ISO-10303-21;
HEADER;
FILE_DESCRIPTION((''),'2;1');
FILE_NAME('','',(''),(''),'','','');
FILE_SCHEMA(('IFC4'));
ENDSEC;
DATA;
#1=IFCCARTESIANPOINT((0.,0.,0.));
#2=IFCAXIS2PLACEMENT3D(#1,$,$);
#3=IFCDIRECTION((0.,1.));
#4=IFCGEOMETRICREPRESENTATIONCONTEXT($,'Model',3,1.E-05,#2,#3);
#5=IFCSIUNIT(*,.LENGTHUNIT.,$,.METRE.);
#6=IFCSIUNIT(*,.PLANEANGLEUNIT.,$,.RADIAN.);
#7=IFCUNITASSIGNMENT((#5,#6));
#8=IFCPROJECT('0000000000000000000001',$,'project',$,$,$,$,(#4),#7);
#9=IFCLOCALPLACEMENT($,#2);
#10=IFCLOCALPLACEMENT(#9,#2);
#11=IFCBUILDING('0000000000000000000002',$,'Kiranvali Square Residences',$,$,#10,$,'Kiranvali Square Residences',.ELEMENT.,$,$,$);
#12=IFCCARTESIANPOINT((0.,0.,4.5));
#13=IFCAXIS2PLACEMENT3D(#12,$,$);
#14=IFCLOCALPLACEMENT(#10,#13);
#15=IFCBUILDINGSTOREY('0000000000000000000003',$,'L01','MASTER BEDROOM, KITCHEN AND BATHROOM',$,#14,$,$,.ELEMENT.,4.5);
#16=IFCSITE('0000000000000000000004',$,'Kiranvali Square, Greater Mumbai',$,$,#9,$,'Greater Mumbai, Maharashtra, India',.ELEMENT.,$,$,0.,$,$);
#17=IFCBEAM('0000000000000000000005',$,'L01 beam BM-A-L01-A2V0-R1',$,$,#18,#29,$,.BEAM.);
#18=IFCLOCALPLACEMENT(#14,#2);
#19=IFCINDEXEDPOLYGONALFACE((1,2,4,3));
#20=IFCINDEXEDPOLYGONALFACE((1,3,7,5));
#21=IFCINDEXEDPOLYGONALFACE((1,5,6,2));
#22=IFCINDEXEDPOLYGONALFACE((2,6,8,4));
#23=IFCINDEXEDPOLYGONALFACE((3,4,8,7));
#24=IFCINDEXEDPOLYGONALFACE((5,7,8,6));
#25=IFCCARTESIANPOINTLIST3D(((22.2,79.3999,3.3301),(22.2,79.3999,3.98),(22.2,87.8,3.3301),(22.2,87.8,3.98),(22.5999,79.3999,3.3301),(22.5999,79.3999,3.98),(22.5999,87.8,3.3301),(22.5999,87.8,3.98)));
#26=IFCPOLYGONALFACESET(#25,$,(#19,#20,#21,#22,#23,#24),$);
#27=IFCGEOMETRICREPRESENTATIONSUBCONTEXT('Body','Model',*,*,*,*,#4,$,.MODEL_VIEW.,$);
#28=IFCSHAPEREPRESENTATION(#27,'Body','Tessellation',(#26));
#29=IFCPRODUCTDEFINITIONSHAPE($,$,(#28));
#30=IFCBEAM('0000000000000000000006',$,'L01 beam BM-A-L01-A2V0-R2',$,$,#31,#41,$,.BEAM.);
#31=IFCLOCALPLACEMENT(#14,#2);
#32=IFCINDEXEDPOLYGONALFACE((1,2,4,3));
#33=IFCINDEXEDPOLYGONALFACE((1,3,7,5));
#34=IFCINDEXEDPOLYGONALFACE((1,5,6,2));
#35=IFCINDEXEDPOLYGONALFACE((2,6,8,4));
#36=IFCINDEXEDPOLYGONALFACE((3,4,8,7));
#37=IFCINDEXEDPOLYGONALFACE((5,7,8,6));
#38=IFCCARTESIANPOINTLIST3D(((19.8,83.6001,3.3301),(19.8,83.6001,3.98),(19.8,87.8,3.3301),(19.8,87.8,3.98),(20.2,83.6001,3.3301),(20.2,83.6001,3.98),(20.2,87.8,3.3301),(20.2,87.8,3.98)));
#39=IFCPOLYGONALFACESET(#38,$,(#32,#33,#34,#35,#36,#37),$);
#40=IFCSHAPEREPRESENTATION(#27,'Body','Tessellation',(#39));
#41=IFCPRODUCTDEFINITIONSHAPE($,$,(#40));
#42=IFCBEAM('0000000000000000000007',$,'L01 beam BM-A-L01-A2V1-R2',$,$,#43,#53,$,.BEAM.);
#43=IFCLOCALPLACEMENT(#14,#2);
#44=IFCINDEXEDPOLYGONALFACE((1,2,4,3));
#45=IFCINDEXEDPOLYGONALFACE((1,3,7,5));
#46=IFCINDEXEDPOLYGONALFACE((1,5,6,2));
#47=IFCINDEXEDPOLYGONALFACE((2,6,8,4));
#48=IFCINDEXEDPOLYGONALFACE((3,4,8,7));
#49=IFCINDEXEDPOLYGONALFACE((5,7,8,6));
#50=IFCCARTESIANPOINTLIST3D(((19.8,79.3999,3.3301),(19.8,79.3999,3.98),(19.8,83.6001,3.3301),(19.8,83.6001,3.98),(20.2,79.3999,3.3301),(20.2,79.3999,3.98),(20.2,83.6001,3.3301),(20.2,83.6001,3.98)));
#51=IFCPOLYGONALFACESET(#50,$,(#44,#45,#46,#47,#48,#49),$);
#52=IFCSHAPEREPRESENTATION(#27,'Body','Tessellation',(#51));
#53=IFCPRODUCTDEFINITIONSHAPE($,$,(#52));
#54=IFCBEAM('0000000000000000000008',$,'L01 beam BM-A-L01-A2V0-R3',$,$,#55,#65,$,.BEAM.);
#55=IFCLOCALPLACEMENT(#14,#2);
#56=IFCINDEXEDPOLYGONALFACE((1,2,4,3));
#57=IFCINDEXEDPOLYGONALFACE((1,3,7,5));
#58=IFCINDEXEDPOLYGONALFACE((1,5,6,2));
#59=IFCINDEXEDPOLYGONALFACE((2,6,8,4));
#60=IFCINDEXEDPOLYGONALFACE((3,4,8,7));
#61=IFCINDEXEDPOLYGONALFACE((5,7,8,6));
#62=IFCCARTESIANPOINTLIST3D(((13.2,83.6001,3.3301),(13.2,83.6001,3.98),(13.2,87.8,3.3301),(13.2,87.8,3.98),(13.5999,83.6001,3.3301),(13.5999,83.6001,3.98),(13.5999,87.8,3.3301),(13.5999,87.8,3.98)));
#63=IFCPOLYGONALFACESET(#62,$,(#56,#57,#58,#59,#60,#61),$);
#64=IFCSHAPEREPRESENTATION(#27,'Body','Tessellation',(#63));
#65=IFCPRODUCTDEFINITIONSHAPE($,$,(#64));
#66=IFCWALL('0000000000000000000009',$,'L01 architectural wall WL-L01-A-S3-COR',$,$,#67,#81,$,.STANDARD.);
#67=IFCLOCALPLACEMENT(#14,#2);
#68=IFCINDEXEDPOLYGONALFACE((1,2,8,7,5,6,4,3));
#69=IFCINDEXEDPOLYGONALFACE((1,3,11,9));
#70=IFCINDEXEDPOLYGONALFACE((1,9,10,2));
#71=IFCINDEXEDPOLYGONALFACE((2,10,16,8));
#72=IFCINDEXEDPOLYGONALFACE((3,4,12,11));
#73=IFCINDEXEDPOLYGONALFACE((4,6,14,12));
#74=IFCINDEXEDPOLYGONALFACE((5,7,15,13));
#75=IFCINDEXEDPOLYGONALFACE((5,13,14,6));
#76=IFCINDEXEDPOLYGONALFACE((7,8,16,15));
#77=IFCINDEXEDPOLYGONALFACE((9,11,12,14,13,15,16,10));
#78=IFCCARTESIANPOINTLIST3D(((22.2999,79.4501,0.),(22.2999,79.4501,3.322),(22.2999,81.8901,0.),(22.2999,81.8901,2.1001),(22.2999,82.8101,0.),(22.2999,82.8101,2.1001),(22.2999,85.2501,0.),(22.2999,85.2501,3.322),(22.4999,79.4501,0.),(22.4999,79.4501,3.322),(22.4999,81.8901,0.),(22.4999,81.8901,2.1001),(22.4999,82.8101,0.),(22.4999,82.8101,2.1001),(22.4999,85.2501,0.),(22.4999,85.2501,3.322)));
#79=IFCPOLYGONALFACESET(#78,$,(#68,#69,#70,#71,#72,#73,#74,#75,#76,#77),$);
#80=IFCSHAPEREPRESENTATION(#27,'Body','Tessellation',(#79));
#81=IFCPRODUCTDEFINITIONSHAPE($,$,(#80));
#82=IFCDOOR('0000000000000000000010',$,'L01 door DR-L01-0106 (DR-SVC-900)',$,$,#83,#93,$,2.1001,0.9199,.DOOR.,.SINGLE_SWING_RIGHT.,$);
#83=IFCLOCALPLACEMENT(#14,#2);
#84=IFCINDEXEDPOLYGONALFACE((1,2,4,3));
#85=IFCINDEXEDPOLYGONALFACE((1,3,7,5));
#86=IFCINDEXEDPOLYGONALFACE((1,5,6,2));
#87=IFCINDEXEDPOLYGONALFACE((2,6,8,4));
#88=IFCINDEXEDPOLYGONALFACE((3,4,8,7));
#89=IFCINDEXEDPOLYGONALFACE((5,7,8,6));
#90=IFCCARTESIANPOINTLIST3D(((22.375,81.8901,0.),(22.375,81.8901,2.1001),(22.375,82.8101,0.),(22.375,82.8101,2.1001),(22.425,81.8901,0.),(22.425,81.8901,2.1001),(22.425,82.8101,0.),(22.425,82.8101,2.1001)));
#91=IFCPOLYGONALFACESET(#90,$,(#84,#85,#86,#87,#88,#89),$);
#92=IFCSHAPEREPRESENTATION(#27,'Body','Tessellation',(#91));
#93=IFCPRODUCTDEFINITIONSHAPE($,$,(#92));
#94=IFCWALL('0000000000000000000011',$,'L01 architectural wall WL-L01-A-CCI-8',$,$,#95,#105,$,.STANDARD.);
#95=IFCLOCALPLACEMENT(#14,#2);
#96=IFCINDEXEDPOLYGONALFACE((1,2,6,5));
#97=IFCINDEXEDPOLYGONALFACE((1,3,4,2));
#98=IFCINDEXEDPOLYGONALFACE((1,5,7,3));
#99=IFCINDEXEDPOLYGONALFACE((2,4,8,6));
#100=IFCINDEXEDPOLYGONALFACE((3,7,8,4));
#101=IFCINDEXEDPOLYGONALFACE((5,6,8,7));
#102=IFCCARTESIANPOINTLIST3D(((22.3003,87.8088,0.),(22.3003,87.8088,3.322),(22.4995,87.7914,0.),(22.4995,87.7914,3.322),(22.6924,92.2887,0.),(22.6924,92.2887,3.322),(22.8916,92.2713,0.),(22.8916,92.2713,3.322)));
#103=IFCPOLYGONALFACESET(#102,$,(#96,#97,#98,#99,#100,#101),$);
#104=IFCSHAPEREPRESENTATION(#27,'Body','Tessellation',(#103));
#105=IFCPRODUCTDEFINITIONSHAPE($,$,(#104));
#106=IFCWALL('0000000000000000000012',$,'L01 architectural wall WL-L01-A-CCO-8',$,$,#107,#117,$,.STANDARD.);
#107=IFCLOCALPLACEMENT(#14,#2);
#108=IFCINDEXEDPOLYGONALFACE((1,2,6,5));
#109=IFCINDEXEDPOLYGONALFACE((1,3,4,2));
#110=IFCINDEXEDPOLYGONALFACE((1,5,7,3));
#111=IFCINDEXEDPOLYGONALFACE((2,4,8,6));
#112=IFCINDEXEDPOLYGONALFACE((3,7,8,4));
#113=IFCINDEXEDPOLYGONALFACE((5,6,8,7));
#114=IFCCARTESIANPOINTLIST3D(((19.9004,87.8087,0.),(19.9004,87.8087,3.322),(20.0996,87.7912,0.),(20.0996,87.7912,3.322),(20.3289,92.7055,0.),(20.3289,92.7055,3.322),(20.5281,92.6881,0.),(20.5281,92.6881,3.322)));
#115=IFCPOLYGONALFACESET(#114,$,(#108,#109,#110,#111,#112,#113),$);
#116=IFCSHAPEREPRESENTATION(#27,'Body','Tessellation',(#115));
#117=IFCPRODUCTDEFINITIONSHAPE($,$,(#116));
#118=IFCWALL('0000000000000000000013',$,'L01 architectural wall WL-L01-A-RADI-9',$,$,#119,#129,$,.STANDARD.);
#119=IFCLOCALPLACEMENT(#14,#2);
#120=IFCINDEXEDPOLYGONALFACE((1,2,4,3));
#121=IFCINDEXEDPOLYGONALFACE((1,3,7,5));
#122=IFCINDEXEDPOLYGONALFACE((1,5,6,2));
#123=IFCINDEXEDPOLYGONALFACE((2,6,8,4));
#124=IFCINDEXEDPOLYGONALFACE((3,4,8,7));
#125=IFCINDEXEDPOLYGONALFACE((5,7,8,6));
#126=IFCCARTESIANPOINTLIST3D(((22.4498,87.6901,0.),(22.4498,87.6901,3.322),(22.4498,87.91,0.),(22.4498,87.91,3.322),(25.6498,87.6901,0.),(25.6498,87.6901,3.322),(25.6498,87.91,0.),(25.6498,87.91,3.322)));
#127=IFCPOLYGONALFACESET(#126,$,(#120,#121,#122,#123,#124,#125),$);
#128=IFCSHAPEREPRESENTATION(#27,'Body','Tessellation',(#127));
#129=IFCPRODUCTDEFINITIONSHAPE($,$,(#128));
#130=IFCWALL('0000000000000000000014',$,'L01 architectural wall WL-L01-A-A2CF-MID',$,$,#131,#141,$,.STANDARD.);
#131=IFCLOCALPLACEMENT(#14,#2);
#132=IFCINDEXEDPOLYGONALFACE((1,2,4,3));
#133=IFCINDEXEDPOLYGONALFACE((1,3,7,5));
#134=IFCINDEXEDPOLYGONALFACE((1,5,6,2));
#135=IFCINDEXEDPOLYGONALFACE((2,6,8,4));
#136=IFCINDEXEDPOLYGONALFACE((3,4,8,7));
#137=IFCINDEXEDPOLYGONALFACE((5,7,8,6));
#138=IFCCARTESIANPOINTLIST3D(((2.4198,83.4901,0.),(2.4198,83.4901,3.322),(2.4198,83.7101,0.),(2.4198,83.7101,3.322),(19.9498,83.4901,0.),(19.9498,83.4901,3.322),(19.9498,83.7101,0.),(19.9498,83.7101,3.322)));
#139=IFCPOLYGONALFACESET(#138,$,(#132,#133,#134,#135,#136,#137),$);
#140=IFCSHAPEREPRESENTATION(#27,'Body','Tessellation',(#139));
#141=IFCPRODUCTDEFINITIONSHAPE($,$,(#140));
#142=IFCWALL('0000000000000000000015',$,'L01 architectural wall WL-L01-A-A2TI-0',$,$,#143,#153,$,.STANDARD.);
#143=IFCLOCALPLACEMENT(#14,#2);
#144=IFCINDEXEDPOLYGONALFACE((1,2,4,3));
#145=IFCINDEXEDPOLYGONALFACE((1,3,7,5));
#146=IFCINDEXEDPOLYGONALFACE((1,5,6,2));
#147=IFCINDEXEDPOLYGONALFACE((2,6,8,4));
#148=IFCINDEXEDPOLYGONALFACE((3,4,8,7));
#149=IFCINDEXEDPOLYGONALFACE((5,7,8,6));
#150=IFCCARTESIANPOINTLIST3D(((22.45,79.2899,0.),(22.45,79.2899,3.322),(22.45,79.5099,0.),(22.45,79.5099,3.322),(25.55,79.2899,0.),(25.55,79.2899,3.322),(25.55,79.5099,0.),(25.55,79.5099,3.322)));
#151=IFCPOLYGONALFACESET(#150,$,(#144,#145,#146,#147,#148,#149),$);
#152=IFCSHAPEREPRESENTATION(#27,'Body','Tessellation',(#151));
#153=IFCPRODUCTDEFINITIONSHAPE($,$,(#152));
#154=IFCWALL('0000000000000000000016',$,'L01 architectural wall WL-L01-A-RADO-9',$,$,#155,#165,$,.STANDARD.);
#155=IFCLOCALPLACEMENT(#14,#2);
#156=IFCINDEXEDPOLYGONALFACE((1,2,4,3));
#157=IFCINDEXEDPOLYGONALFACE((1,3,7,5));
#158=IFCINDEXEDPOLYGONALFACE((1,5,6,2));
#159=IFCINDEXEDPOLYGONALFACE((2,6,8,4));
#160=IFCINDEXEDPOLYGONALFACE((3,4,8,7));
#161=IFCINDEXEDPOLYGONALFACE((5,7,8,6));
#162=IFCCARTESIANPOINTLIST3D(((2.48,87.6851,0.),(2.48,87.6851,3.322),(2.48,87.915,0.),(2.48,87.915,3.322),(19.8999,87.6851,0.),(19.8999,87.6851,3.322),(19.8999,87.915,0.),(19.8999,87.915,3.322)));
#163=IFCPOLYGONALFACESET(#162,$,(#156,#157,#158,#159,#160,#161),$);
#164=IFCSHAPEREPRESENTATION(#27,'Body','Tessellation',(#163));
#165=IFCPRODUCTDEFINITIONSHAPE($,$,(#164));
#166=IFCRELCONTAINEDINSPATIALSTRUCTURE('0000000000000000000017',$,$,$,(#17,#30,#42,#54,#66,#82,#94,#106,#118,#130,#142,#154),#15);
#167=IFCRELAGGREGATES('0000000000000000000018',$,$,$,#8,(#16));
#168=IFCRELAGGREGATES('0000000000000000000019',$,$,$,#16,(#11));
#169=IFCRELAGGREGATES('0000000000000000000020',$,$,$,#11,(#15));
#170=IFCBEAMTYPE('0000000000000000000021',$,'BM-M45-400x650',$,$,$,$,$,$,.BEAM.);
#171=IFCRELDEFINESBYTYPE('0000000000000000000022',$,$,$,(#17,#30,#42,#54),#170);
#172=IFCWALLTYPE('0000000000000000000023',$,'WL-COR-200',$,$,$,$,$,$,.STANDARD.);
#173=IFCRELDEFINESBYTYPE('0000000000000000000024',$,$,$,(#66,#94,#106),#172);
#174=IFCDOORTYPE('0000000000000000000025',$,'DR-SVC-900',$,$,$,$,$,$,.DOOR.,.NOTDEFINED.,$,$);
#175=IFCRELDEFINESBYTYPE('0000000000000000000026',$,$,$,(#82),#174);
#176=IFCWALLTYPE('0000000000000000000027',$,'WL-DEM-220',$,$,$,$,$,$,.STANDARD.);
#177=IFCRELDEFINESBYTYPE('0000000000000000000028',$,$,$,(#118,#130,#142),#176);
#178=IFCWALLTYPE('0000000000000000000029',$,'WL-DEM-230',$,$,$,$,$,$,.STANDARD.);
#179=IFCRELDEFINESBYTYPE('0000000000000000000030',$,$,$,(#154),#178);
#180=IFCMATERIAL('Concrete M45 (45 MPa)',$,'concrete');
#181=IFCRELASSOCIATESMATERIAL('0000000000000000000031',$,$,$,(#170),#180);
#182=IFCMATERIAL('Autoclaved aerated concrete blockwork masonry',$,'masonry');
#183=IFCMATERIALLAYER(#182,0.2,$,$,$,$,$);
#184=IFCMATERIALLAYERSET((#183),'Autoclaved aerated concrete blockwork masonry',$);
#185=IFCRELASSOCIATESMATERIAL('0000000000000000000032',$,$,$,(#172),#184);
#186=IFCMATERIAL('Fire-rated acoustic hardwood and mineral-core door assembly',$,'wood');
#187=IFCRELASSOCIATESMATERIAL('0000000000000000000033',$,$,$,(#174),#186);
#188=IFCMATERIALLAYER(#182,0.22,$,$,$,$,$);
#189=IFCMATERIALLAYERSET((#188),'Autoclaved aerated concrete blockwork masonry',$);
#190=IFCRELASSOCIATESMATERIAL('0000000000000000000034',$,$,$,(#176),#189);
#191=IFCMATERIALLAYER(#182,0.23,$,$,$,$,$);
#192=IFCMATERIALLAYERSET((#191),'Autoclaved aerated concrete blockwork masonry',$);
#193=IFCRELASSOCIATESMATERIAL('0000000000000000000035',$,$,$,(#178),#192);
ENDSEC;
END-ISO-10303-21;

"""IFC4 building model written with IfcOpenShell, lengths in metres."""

from ifc_helpers import new_model, si_unit, direction, frame, frame_2d, origin, origin_2d, place, context, subcontext, project, spatial, rectangle, extrude, material, layer, layer_set, material_profile, profile_set, type_object, element, fill, save


model = new_model("IFC4")

# Units and contexts
model_context = context("Model", 3, precision=1e-05, world=origin(), true_north=direction((0.0, 1.0)))
body_context = subcontext(model_context, "Body", "Model", "MODEL_VIEW")
ifc_project = project(units=[si_unit("LENGTHUNIT", "METRE"), si_unit("PLANEANGLEUNIT", "RADIAN")], contexts=[model_context])

# Site, building, storey
site_placement = place(None, origin())
site = spatial("IfcSite", under=ifc_project, at=site_placement, Name="Kiranvali Square, Greater Mumbai", LongName="Greater Mumbai, Maharashtra, India", CompositionType="ELEMENT", RefElevation=0.0)
building_placement = place(site_placement, origin())
building = spatial("IfcBuilding", under=site, at=building_placement, Name="Kiranvali Square Residences", LongName="Kiranvali Square Residences", CompositionType="ELEMENT")
storey_placement = place(building_placement, frame((0.0, 0.0, 4.5)))
storey = spatial("IfcBuildingStorey", under=building, at=storey_placement, Name="L01", Description="MASTER BEDROOM, KITCHEN AND BATHROOM", CompositionType="ELEMENT", Elevation=4.5)

# Shared definitions
ifc_material_1 = material(Name="Concrete M45 (45 MPa)", Category="concrete")

# Beams
ifc_material_profile_1 = material_profile(ifc_material_1, rectangle(XDim=0.3999, YDim=0.6499, at=origin_2d()), Name="RC 400x650")
ifc_profile_set_1 = profile_set([ifc_material_profile_1], Name="Concrete M45 (45 MPa)")
beam_type_1 = type_object("IfcBeamType", Name="BM-M45-400x650", PredefinedType="BEAM", material=ifc_profile_set_1)
beam_1_placement = place(storey_placement, frame((22.3999, 87.8, 3.655), z_axis=(0.0, -1.0, 0.0), x_axis=(1.0, 0.0, 0.0)))
element("IfcBeam", 1, at=beam_1_placement, inside=storey, type_object=beam_type_1, Name="L01 beam BM-A-L01-A2V0-R1", PredefinedType="BEAM", context=body_context, shape_type="SweptSolid", body=[
    extrude(rectangle(XDim=0.3999, YDim=0.6499, at=origin_2d()), origin(), (0.0, 0.0, 1.0), 8.4001),
])
beam_2_placement = place(storey_placement, frame((20.0, 87.8, 3.655), z_axis=(0.0, -1.0, 0.0), x_axis=(1.0, 0.0, 0.0)))
element("IfcBeam", 2, at=beam_2_placement, inside=storey, type_object=beam_type_1, Name="L01 beam BM-A-L01-A2V0-R2", PredefinedType="BEAM", context=body_context, shape_type="SweptSolid", body=[
    extrude(rectangle(XDim=0.3999, YDim=0.6499, at=origin_2d()), origin(), (0.0, 0.0, 1.0), 4.2),
])
beam_3_placement = place(storey_placement, frame((20.0, 83.6001, 3.655), z_axis=(0.0, -1.0, 0.0), x_axis=(1.0, 0.0, 0.0)))
element("IfcBeam", 3, at=beam_3_placement, inside=storey, type_object=beam_type_1, Name="L01 beam BM-A-L01-A2V1-R2", PredefinedType="BEAM", context=body_context, shape_type="SweptSolid", body=[
    extrude(rectangle(XDim=0.3999, YDim=0.6499, at=origin_2d()), origin(), (0.0, 0.0, 1.0), 4.2002),
])
beam_4_placement = place(storey_placement, frame((13.3999, 87.8, 3.655), z_axis=(0.0, -1.0, 0.0), x_axis=(1.0, 0.0, 0.0)))
element("IfcBeam", 4, at=beam_4_placement, inside=storey, type_object=beam_type_1, Name="L01 beam BM-A-L01-A2V0-R3", PredefinedType="BEAM", context=body_context, shape_type="SweptSolid", body=[
    extrude(rectangle(XDim=0.3999, YDim=0.6499, at=origin_2d()), origin(), (0.0, 0.0, 1.0), 4.2),
])

# Wall, opening, door
ifc_material_2 = material(Name="Autoclaved aerated concrete blockwork masonry", Category="masonry")
ifc_layer_1 = layer(ifc_material_2, 0.2)
ifc_layer_set_1 = layer_set([ifc_layer_1], Name="Autoclaved aerated concrete blockwork masonry")
wall_type_1 = type_object("IfcWallType", Name="WL-COR-200", PredefinedType="STANDARD", material=ifc_layer_set_1)
wall_1_placement = place(storey_placement, frame((22.3999, 85.25, 0.0), z_axis=(0.0, 0.0, 1.0), x_axis=(0.0, -1.0, 0.0)))
wall_1 = element("IfcWall", 5, at=wall_1_placement, inside=storey, type_object=wall_type_1, Name="L01 architectural wall WL-L01-A-S3-COR", PredefinedType="STANDARD", context=body_context, shape_type="SweptSolid", body=[
    extrude(rectangle(XDim=5.8, YDim=0.2, at=frame_2d((2.8999, 0.0))), origin(), (0.0, 0.0, 1.0), 3.322),
])
opening_1_placement = place(wall_1_placement, frame((2.4399, 0.0, 0.0)))
opening_1 = element("IfcOpeningElement", 6, at=opening_1_placement, cuts=wall_1, PredefinedType="OPENING", context=body_context, shape_type="SweptSolid", body=[
    extrude(rectangle(XDim=0.9199, YDim=2.1001, at=frame_2d((0.46, 1.05))), frame((0.0, 0.1099, 0.0), z_axis=(0.0, -1.0, 0.0), x_axis=(1.0, 0.0, 0.0)), (0.0, 0.0, 1.0), 0.22),
])
ifc_material_3 = material(Name="Fire-rated acoustic hardwood and mineral-core door assembly", Category="wood")
door_type_1 = type_object("IfcDoorType", Name="DR-SVC-900", OperationType="NOTDEFINED", PredefinedType="DOOR", material=ifc_material_3)
door_1_placement = place(opening_1_placement, frame((0.9199, 0.0, 0.0), z_axis=(0.0, 0.0, 1.0), x_axis=(-1.0, 0.0, 0.0)))
door_1 = element("IfcDoor", 7, at=door_1_placement, inside=storey, type_object=door_type_1, Name="L01 door DR-L01-0106 (DR-SVC-900)", OperationType="SINGLE_SWING_RIGHT", OverallHeight=2.1001, OverallWidth=0.9199, PredefinedType="DOOR", context=body_context, shape_type="SweptSolid", body=[
    extrude(rectangle(XDim=0.9199, YDim=2.1001, at=frame_2d((0.46, 1.05))), frame((0.0, 0.0249, 0.0), z_axis=(0.0, -1.0, 0.0), x_axis=(1.0, 0.0, 0.0)), (0.0, 0.0, 1.0), 0.05),
])
fill(opening_1, door_1)

# Walls
wall_2_placement = place(storey_placement, frame((22.792, 92.28, 0.0), z_axis=(0.0, 0.0, 1.0), x_axis=(-0.087187, -0.996192, 0.0)))
element("IfcWall", 8, at=wall_2_placement, inside=storey, type_object=wall_type_1, Name="L01 architectural wall WL-L01-A-CCI-8", PredefinedType="STANDARD", context=body_context, shape_type="SweptSolid", body=[
    extrude(rectangle(XDim=4.4971, YDim=0.2, at=frame_2d((2.2485, 0.0))), origin(), (0.0, 0.0, 1.0), 3.322),
])
wall_3_placement = place(storey_placement, frame((20.4285, 92.6968, 0.0), z_axis=(0.0, 0.0, 1.0), x_axis=(-0.087168, -0.996194, 0.0)))
element("IfcWall", 9, at=wall_3_placement, inside=storey, type_object=wall_type_1, Name="L01 architectural wall WL-L01-A-CCO-8", PredefinedType="STANDARD", context=body_context, shape_type="SweptSolid", body=[
    extrude(rectangle(XDim=4.9155, YDim=0.2, at=frame_2d((2.4578, 0.0))), origin(), (0.0, 0.0, 1.0), 3.322),
])

# Walls
ifc_layer_2 = layer(ifc_material_2, 0.22)
ifc_layer_set_2 = layer_set([ifc_layer_2], Name="Autoclaved aerated concrete blockwork masonry")
wall_type_2 = type_object("IfcWallType", Name="WL-DEM-220", PredefinedType="STANDARD", material=ifc_layer_set_2)
wall_4_placement = place(storey_placement, frame((25.6499, 87.8, 0.0), z_axis=(0.0, 0.0, 1.0), x_axis=(-1.0, 0.0, 0.0)))
element("IfcWall", 10, at=wall_4_placement, inside=storey, type_object=wall_type_2, Name="L01 architectural wall WL-L01-A-RADI-9", PredefinedType="STANDARD", context=body_context, shape_type="SweptSolid", body=[
    extrude(rectangle(XDim=3.2, YDim=0.22, at=frame_2d((1.6001, 0.0))), origin(), (0.0, 0.0, 1.0), 3.322),
])
wall_5_placement = place(storey_placement, frame((19.95, 83.6001, 0.0), z_axis=(0.0, 0.0, 1.0), x_axis=(-1.0, 0.0, 0.0)))
element("IfcWall", 11, at=wall_5_placement, inside=storey, type_object=wall_type_2, Name="L01 architectural wall WL-L01-A-A2CF-MID", PredefinedType="STANDARD", context=body_context, shape_type="SweptSolid", body=[
    extrude(rectangle(XDim=17.53, YDim=0.22, at=frame_2d((8.7651, 0.0))), origin(), (0.0, 0.0, 1.0), 3.322),
])
wall_6_placement = place(storey_placement, frame((25.55, 79.3999, 0.0), z_axis=(0.0, 0.0, 1.0), x_axis=(-1.0, 0.0, 0.0)))
element("IfcWall", 12, at=wall_6_placement, inside=storey, type_object=wall_type_2, Name="L01 architectural wall WL-L01-A-A2TI-0", PredefinedType="STANDARD", context=body_context, shape_type="SweptSolid", body=[
    extrude(rectangle(XDim=3.1001, YDim=0.22, at=frame_2d((1.55, 0.0))), origin(), (0.0, 0.0, 1.0), 3.322),
])
ifc_layer_3 = layer(ifc_material_2, 0.23)
ifc_layer_set_3 = layer_set([ifc_layer_3], Name="Autoclaved aerated concrete blockwork masonry")
wall_type_3 = type_object("IfcWallType", Name="WL-DEM-230", PredefinedType="STANDARD", material=ifc_layer_set_3)
wall_7_placement = place(storey_placement, frame((19.8999, 87.8, 0.0), z_axis=(0.0, 0.0, 1.0), x_axis=(-1.0, 0.0, 0.0)))
element("IfcWall", 13, at=wall_7_placement, inside=storey, type_object=wall_type_3, Name="L01 architectural wall WL-L01-A-RADO-9", PredefinedType="STANDARD", context=body_context, shape_type="SweptSolid", body=[
    extrude(rectangle(XDim=17.4199, YDim=0.23, at=frame_2d((8.71, 0.0))), origin(), (0.0, 0.0, 1.0), 3.322),
])

save(model, "model.ifc")
